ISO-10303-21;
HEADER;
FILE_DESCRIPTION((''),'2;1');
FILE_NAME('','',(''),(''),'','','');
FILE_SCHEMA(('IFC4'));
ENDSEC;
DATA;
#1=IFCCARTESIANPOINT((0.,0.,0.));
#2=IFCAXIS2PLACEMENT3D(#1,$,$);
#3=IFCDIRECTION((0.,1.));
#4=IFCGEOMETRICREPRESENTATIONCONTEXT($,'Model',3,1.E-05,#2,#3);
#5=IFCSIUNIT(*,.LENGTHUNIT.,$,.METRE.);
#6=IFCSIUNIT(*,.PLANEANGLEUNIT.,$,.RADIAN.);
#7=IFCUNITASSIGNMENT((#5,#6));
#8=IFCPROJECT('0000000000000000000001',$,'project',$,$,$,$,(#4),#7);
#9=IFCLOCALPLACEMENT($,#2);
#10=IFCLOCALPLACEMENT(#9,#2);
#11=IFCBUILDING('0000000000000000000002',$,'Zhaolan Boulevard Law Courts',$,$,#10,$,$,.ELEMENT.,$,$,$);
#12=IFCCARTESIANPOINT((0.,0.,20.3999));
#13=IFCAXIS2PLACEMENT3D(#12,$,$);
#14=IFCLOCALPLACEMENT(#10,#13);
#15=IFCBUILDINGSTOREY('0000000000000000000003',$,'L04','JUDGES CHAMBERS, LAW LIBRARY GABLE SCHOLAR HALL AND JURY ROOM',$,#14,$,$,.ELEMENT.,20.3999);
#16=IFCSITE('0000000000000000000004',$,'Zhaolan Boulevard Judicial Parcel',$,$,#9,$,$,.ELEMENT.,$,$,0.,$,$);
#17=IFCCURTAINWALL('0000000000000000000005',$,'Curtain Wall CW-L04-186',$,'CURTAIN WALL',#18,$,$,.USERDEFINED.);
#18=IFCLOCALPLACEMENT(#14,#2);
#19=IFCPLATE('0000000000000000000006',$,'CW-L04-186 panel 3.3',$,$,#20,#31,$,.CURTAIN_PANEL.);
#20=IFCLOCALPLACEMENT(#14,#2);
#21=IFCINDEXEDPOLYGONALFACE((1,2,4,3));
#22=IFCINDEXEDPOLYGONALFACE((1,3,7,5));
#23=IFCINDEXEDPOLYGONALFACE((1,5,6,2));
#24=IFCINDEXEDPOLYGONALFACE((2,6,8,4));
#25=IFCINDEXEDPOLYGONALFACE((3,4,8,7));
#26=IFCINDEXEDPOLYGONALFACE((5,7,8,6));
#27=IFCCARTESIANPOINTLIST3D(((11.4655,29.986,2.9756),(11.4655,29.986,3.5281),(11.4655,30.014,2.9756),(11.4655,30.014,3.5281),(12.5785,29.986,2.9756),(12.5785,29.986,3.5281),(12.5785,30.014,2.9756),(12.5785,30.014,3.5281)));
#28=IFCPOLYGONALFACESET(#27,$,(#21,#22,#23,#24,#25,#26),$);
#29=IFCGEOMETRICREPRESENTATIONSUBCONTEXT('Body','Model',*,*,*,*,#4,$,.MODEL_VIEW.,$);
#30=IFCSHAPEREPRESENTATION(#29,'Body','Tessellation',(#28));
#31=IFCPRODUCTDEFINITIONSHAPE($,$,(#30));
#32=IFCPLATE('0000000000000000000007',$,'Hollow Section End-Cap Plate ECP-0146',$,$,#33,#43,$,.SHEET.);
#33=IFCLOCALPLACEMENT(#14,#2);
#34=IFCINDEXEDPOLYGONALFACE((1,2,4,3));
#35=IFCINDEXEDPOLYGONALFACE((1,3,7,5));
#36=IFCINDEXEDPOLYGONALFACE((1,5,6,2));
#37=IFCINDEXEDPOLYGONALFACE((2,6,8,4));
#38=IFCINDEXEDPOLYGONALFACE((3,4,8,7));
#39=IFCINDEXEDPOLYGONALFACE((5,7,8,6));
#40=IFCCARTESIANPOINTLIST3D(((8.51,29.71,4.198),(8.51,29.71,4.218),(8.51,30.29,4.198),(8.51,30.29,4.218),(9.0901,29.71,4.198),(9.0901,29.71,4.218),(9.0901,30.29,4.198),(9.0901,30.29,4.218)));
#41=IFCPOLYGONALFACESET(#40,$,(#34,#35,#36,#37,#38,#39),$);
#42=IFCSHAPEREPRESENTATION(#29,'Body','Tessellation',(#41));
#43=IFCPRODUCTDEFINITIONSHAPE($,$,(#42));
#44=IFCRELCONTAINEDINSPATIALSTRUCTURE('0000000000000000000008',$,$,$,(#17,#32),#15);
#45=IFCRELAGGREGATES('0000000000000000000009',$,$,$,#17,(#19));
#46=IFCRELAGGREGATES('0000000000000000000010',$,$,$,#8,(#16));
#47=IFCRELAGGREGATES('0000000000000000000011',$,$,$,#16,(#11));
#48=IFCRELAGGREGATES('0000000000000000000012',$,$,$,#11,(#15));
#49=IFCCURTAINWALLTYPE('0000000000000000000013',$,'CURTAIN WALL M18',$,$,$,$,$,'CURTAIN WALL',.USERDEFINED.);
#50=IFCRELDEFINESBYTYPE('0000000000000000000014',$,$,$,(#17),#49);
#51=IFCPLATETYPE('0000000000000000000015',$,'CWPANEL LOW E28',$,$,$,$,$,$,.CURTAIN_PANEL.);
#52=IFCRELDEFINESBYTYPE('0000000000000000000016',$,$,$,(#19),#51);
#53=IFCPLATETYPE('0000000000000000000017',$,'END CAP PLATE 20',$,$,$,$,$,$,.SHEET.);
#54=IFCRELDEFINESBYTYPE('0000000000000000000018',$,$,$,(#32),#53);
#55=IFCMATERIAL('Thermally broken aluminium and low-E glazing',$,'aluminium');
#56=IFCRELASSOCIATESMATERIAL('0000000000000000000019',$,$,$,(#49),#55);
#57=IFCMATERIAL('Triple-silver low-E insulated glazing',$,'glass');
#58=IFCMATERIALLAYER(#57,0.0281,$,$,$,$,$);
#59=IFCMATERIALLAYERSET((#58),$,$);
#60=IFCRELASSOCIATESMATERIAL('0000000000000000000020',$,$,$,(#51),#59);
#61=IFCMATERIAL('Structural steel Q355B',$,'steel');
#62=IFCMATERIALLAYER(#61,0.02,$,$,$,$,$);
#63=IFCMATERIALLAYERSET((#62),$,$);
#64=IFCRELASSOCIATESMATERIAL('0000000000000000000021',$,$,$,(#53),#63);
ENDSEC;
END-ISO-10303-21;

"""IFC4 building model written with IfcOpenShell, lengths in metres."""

from ifc_helpers import new_model, si_unit, direction, frame, origin, origin_2d, place, context, subcontext, project, spatial, rectangle, extrude, material, layer, layer_set, type_object, element, aggregate, save


model = new_model("IFC4")

# Units and contexts
model_context = context("Model", 3, precision=1e-05, world=origin(), true_north=direction((0.0, 1.0)))
body_context = subcontext(model_context, "Body", "Model", "MODEL_VIEW")
ifc_project = project(units=[si_unit("LENGTHUNIT", "METRE"), si_unit("PLANEANGLEUNIT", "RADIAN")], contexts=[model_context])

# Site, building, storey
site_placement = place(None, origin())
site = spatial("IfcSite", under=ifc_project, at=site_placement, Name="Zhaolan Boulevard Judicial Parcel", CompositionType="ELEMENT", RefElevation=0.0)
building_placement = place(site_placement, origin())
building = spatial("IfcBuilding", under=site, at=building_placement, Name="Zhaolan Boulevard Law Courts", CompositionType="ELEMENT")
storey_placement = place(building_placement, frame((0.0, 0.0, 20.3999)))
storey = spatial("IfcBuildingStorey", under=building, at=storey_placement, Name="L04", Description="JUDGES CHAMBERS, LAW LIBRARY GABLE SCHOLAR HALL AND JURY ROOM", CompositionType="ELEMENT", Elevation=20.3999)

# Curtain wall
ifc_material_1 = material(Name="Thermally broken aluminium and low-E glazing", Category="aluminium")
curtain_wall_type = type_object("IfcCurtainWallType", Name="CURTAIN WALL M18", ElementType="CURTAIN WALL", PredefinedType="USERDEFINED", material=ifc_material_1)
curtain_wall_placement = place(storey_placement, origin())
curtain_wall = element("IfcCurtainWall", 1, at=curtain_wall_placement, inside=storey, type_object=curtain_wall_type, Name="Curtain Wall CW-L04-186", ObjectType="CURTAIN WALL", PredefinedType="USERDEFINED")

# Plates
ifc_material_2 = material(Name="Triple-silver low-E insulated glazing", Category="glass")
ifc_layer_1 = layer(ifc_material_2, 0.0281)
ifc_layer_set_1 = layer_set([ifc_layer_1])
plate_type_1 = type_object("IfcPlateType", Name="CWPANEL LOW E28", PredefinedType="CURTAIN_PANEL", material=ifc_layer_set_1)
plate_1_placement = place(storey_placement, frame((12.022, 30.0, 2.9756), z_axis=(0.0, 0.0, 1.0), x_axis=(1.0, 0.0, 0.0)))
plate_1 = element("IfcPlate", 2, at=plate_1_placement, type_object=plate_type_1, Name="CW-L04-186 panel 3.3", PredefinedType="CURTAIN_PANEL", context=body_context, shape_type="SweptSolid", body=[
    extrude(rectangle(XDim=1.113, YDim=0.0281, at=origin_2d()), origin(), (0.0, 0.0, 1.0), 0.5525),
])
aggregate(curtain_wall, [plate_1])
ifc_material_3 = material(Name="Structural steel Q355B", Category="steel")
ifc_layer_2 = layer(ifc_material_3, 0.02)
ifc_layer_set_2 = layer_set([ifc_layer_2])
plate_type_2 = type_object("IfcPlateType", Name="END CAP PLATE 20", PredefinedType="SHEET", material=ifc_layer_set_2)
plate_2_placement = place(storey_placement, frame((8.8, 30.0, 4.198), z_axis=(0.0, 0.0, 1.0), x_axis=(1.0, 0.0, 0.0)))
element("IfcPlate", 3, at=plate_2_placement, inside=storey, type_object=plate_type_2, Name="Hollow Section End-Cap Plate ECP-0146", PredefinedType="SHEET", context=body_context, shape_type="SweptSolid", body=[
    extrude(rectangle(XDim=0.5801, YDim=0.5801, at=origin_2d()), origin(), (0.0, 0.0, 1.0), 0.02),
])

save(model, "model.ifc")
